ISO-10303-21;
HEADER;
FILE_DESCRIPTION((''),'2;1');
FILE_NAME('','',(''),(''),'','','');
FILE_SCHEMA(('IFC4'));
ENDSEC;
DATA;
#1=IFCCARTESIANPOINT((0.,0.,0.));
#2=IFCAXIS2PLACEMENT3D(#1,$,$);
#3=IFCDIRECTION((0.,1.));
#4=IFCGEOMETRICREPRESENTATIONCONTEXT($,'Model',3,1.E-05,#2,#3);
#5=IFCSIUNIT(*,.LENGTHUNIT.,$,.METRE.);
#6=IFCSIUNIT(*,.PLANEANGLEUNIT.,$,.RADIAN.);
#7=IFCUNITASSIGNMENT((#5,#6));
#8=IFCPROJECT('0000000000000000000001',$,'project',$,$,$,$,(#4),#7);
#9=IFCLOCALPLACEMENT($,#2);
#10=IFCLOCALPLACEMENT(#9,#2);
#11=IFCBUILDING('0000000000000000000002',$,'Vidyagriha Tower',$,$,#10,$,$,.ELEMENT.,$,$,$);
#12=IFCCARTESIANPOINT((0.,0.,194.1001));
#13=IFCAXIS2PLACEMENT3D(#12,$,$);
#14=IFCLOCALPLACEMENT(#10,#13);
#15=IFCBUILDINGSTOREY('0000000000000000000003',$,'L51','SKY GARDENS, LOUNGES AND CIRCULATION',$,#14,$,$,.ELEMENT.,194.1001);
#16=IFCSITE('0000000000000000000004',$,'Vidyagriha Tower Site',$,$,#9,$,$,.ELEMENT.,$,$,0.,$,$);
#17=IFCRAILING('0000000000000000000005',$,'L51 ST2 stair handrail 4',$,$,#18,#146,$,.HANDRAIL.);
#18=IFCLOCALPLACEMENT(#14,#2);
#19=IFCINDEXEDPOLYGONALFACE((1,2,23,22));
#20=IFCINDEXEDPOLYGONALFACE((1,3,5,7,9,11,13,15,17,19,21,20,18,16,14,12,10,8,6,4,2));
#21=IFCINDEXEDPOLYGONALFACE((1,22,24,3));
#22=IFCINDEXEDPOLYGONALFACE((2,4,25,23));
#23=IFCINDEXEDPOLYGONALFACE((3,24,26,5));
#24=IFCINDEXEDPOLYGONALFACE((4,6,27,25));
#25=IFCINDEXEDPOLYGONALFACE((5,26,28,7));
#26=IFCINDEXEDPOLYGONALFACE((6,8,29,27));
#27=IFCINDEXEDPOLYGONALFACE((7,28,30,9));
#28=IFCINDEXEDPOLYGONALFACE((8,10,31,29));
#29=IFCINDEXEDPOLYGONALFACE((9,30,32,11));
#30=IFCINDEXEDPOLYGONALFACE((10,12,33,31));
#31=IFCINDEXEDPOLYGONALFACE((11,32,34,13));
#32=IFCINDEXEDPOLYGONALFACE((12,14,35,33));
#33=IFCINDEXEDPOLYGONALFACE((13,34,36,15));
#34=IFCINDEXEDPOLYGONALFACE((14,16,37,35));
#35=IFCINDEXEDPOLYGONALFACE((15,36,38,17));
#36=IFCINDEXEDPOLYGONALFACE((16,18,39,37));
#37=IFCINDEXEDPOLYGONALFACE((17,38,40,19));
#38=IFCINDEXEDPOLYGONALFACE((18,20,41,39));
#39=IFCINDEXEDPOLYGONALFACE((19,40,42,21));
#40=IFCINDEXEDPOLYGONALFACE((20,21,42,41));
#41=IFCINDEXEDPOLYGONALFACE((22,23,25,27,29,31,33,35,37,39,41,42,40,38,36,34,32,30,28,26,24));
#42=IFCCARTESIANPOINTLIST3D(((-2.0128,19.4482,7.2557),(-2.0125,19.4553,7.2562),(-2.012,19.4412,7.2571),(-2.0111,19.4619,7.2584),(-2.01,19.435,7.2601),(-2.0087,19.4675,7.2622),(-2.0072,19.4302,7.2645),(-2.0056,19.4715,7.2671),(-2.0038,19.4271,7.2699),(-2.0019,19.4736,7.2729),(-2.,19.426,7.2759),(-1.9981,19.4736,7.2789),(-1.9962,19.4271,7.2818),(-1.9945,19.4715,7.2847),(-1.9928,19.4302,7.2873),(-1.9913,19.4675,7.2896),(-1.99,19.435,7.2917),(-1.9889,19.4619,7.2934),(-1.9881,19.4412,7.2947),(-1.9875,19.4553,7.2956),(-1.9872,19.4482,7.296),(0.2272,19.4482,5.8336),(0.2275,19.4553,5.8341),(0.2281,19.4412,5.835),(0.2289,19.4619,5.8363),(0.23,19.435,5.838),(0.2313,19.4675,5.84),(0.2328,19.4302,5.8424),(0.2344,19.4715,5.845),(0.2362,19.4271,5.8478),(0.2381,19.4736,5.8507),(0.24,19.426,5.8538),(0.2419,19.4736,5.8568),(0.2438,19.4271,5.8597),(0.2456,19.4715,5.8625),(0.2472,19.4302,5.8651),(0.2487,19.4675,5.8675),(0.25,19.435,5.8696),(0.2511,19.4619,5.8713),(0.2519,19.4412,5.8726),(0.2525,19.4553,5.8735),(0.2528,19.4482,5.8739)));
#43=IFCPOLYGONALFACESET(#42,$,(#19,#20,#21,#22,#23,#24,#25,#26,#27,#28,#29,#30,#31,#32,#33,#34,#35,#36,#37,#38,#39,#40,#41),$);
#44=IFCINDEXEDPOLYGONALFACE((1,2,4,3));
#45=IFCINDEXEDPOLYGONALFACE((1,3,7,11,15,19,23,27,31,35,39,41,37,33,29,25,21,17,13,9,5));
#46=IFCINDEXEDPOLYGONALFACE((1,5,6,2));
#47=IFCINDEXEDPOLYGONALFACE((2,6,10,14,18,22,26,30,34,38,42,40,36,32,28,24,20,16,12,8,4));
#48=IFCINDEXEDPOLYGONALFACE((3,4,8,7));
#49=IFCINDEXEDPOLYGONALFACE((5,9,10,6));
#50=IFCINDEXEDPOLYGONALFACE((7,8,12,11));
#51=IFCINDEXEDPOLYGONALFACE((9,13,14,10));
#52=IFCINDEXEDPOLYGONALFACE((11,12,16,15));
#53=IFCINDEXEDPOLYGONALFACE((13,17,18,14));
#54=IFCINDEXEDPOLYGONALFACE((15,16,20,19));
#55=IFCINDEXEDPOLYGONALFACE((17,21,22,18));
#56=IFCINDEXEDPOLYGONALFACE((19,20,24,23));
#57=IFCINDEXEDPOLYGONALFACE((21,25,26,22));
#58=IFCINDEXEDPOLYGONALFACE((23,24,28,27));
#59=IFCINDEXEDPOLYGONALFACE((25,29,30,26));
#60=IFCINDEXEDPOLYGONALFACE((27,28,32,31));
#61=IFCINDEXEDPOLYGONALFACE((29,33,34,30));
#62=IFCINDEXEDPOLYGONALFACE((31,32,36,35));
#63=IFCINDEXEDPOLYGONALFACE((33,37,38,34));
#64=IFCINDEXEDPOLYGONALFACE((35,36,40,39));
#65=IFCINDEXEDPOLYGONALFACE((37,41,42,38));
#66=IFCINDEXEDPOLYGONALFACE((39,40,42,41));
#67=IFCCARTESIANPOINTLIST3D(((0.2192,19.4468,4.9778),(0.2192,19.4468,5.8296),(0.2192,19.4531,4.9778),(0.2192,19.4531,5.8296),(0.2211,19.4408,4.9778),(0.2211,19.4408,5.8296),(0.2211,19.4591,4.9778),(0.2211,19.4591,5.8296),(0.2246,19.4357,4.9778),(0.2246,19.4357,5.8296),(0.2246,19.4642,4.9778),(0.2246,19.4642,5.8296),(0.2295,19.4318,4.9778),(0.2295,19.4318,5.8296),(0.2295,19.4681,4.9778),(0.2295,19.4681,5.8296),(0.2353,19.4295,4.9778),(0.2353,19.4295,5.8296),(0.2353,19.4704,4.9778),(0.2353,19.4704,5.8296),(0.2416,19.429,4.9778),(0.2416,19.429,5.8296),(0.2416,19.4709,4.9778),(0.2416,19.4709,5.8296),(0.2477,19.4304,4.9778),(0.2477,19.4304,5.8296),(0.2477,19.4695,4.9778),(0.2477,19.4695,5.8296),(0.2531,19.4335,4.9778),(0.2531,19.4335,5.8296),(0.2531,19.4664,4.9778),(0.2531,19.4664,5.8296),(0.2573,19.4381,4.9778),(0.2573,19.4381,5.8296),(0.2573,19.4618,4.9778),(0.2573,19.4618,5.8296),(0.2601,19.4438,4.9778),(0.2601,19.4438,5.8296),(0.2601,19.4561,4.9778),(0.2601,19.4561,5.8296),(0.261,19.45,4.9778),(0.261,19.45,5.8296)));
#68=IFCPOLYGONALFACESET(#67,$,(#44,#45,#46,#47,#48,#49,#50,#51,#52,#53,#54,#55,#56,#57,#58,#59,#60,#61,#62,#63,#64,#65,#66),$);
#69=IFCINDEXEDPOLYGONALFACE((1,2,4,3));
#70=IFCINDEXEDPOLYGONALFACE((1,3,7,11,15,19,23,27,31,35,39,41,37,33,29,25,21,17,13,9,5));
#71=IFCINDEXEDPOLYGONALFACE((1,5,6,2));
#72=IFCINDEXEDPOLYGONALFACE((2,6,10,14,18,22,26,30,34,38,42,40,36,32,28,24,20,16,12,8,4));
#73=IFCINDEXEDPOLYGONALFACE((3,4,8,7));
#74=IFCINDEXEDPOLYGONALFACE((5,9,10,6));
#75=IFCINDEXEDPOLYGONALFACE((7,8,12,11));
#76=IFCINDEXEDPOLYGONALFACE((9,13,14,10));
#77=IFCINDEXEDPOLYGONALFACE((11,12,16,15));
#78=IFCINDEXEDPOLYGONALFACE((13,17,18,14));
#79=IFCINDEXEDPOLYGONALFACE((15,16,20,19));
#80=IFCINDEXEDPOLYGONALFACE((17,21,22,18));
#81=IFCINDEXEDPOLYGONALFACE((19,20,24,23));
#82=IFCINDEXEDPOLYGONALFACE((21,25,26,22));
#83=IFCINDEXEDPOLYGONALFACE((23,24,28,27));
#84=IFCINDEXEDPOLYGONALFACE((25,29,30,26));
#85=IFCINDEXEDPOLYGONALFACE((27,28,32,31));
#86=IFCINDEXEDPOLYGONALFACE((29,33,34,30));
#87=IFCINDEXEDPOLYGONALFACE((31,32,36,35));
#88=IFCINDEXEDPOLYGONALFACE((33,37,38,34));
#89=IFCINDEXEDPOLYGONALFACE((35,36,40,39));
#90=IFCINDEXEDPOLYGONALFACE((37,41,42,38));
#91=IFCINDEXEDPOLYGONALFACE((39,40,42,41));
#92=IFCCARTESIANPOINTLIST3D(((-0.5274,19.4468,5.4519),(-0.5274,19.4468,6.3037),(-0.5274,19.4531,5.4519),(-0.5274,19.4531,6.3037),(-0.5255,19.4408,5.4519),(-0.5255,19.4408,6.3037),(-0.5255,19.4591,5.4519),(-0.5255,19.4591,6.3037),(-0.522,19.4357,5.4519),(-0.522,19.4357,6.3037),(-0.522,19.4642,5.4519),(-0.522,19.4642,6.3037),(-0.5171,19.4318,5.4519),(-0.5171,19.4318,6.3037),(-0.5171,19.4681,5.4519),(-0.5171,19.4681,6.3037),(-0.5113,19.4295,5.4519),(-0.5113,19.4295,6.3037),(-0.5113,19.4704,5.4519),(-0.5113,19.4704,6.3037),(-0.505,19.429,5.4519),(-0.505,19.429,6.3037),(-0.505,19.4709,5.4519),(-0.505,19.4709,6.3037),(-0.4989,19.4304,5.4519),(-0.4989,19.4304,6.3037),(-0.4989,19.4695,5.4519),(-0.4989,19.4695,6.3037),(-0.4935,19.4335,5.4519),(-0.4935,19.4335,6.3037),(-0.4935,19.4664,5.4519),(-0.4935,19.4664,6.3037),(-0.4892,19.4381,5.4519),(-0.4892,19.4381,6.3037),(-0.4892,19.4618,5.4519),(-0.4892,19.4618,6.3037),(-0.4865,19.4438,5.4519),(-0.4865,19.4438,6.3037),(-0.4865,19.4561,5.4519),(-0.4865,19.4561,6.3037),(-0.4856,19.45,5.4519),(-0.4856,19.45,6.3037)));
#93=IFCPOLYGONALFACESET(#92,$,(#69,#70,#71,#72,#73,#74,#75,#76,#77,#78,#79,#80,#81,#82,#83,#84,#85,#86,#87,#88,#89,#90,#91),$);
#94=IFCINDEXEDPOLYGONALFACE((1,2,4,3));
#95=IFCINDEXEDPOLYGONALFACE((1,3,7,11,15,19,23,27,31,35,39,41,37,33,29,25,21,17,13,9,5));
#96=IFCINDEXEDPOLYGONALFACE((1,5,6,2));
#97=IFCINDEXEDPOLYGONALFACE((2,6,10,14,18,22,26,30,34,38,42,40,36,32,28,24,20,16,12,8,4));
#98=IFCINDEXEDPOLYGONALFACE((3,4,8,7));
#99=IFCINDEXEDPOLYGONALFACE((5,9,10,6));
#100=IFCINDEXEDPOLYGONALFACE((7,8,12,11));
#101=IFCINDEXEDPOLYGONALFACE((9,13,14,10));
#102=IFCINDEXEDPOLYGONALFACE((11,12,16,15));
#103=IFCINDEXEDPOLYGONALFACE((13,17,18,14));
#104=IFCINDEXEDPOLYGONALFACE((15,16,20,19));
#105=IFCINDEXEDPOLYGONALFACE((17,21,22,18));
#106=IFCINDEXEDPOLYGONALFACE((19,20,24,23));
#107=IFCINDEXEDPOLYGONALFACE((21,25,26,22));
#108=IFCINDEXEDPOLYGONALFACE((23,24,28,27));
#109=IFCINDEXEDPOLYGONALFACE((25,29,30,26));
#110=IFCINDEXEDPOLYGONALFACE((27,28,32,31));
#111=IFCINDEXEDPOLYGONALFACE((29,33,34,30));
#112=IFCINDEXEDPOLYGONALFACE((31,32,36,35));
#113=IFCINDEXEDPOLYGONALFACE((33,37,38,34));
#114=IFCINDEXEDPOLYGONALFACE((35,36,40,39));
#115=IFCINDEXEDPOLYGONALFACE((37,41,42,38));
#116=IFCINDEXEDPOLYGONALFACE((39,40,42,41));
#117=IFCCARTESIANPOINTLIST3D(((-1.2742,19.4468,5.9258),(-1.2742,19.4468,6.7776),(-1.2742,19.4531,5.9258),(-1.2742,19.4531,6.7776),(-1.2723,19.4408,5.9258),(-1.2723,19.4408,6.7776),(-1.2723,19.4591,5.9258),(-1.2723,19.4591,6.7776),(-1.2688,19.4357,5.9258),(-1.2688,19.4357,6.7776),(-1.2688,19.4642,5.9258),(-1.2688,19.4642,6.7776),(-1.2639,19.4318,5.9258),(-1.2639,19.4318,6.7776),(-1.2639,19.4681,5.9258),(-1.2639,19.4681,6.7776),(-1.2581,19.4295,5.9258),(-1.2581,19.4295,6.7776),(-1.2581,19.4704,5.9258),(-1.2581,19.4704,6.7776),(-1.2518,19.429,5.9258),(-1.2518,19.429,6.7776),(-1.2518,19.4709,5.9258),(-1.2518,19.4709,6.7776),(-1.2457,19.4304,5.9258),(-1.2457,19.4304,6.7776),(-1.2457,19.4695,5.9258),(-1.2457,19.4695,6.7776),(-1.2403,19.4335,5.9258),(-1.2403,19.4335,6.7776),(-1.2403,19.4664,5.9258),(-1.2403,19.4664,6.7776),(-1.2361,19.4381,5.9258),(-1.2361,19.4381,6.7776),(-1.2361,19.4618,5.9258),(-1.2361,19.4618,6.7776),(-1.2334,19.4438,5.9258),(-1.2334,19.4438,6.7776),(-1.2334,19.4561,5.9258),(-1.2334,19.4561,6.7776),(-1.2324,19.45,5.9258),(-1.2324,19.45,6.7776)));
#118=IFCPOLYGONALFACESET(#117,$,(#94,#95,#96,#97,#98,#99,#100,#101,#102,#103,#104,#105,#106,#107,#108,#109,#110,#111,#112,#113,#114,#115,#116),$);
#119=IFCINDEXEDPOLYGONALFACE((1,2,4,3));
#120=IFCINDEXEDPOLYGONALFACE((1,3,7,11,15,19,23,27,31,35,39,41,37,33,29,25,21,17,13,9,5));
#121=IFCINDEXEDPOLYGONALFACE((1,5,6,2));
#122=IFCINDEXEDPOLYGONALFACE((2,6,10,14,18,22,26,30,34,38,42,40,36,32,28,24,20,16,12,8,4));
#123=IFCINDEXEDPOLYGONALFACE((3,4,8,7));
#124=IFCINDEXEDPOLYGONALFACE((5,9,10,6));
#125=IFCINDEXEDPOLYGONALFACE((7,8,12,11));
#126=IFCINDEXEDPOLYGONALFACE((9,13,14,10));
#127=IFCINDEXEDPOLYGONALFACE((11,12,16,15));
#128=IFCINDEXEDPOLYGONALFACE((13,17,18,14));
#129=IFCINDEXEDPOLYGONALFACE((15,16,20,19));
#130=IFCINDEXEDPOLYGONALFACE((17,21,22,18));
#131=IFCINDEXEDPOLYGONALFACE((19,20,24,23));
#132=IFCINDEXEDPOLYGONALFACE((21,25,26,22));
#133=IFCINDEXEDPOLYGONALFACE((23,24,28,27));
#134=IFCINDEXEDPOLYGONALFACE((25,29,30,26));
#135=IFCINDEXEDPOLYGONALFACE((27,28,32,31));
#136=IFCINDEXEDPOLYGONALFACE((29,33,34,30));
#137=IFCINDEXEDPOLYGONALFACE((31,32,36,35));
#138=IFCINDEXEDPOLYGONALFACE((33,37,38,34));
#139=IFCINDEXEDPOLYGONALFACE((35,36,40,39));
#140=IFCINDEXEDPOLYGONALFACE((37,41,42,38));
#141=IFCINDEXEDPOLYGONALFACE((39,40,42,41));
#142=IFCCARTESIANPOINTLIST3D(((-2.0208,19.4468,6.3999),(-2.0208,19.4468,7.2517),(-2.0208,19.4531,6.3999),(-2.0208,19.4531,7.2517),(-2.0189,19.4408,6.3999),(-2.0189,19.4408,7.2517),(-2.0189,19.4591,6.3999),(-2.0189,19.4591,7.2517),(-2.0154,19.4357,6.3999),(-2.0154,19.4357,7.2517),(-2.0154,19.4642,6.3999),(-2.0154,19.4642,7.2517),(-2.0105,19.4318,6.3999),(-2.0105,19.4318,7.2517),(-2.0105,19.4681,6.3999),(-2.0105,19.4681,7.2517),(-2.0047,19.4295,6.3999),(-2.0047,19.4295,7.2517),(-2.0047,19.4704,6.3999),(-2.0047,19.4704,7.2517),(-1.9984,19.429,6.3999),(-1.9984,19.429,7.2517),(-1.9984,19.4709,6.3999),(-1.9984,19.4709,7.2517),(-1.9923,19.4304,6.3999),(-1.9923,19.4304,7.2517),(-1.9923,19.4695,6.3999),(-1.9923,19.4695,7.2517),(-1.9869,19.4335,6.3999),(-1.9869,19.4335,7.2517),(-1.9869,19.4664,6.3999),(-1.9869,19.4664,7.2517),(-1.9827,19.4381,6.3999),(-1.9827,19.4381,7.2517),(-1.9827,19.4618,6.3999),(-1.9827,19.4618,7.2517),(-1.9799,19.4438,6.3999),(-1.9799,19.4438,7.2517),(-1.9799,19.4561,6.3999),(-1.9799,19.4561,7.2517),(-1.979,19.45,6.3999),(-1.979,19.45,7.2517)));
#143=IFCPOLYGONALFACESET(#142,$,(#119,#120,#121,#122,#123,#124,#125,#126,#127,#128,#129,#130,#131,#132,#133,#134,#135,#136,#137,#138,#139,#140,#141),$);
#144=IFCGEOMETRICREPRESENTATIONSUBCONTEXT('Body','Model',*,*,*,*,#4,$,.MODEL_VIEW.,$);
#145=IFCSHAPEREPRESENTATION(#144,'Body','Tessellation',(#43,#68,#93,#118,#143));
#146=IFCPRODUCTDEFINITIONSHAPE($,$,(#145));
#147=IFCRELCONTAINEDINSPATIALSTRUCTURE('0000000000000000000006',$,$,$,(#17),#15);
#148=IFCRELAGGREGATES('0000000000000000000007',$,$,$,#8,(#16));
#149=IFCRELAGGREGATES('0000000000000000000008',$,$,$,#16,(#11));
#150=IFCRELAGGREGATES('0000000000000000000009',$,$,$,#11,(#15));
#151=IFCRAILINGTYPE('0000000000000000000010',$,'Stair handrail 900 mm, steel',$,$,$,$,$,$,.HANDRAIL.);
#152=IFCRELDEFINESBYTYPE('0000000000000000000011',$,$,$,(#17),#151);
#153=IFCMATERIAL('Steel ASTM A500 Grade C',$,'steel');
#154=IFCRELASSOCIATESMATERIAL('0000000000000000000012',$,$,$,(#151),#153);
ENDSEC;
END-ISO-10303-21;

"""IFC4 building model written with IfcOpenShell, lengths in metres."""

from ifc_helpers import new_model, si_unit, direction, frame, origin, origin_2d, place, context, subcontext, project, spatial, circle, extrude, material, type_object, element, save


model = new_model("IFC4")

# Units and contexts
model_context = context("Model", 3, precision=1e-05, world=origin(), true_north=direction((0.0, 1.0)))
body_context = subcontext(model_context, "Body", "Model", "MODEL_VIEW")
ifc_project = project(units=[si_unit("LENGTHUNIT", "METRE"), si_unit("PLANEANGLEUNIT", "RADIAN")], contexts=[model_context])

# Site, building, storey
site_placement = place(None, origin())
site = spatial("IfcSite", under=ifc_project, at=site_placement, Name="Vidyagriha Tower Site", CompositionType="ELEMENT", RefElevation=0.0)
building_placement = place(site_placement, origin())
building = spatial("IfcBuilding", under=site, at=building_placement, Name="Vidyagriha Tower", CompositionType="ELEMENT")
storey_placement = place(building_placement, frame((0.0, 0.0, 194.1001)))
storey = spatial("IfcBuildingStorey", under=building, at=storey_placement, Name="L51", Description="SKY GARDENS, LOUNGES AND CIRCULATION", CompositionType="ELEMENT", Elevation=194.1001)

# Railing
ifc_material_1 = material(Name="Steel ASTM A500 Grade C", Category="steel")
railing_type_1 = type_object("IfcRailingType", Name="Stair handrail 900 mm, steel", PredefinedType="HANDRAIL", material=ifc_material_1)
for number, where, name in (
    (1, (0.24, 19.45, 4.9778), "L51 ST2 stair handrail 4"),
):
    element("IfcRailing", number, at=place(storey_placement, frame(where)), inside=storey, type_object=railing_type_1, Name=name, PredefinedType="HANDRAIL", context=body_context, shape_type="SweptSolid", body=[
        extrude(circle(Radius=0.0239, at=origin_2d()), frame((0.0, 0.0, 0.876), z_axis=(-0.844229, 0.0, 0.535982), x_axis=(0.0, -1.0, 0.0)), (0.0, 0.0, 1.0), 2.6533),
        extrude(circle(Radius=0.021, at=origin_2d()), origin(), (0.0, 0.0, 1.0), 0.8518),
        extrude(circle(Radius=0.021, at=origin_2d()), frame((-0.7466, 0.0, 0.4741)), (0.0, 0.0, 1.0), 0.8518),
        extrude(circle(Radius=0.021, at=origin_2d()), frame((-1.4934, 0.0, 0.948)), (0.0, 0.0, 1.0), 0.8518),
        extrude(circle(Radius=0.021, at=origin_2d()), frame((-2.24, 0.0, 1.4221)), (0.0, 0.0, 1.0), 0.8518),
    ])

save(model, "model.ifc")
